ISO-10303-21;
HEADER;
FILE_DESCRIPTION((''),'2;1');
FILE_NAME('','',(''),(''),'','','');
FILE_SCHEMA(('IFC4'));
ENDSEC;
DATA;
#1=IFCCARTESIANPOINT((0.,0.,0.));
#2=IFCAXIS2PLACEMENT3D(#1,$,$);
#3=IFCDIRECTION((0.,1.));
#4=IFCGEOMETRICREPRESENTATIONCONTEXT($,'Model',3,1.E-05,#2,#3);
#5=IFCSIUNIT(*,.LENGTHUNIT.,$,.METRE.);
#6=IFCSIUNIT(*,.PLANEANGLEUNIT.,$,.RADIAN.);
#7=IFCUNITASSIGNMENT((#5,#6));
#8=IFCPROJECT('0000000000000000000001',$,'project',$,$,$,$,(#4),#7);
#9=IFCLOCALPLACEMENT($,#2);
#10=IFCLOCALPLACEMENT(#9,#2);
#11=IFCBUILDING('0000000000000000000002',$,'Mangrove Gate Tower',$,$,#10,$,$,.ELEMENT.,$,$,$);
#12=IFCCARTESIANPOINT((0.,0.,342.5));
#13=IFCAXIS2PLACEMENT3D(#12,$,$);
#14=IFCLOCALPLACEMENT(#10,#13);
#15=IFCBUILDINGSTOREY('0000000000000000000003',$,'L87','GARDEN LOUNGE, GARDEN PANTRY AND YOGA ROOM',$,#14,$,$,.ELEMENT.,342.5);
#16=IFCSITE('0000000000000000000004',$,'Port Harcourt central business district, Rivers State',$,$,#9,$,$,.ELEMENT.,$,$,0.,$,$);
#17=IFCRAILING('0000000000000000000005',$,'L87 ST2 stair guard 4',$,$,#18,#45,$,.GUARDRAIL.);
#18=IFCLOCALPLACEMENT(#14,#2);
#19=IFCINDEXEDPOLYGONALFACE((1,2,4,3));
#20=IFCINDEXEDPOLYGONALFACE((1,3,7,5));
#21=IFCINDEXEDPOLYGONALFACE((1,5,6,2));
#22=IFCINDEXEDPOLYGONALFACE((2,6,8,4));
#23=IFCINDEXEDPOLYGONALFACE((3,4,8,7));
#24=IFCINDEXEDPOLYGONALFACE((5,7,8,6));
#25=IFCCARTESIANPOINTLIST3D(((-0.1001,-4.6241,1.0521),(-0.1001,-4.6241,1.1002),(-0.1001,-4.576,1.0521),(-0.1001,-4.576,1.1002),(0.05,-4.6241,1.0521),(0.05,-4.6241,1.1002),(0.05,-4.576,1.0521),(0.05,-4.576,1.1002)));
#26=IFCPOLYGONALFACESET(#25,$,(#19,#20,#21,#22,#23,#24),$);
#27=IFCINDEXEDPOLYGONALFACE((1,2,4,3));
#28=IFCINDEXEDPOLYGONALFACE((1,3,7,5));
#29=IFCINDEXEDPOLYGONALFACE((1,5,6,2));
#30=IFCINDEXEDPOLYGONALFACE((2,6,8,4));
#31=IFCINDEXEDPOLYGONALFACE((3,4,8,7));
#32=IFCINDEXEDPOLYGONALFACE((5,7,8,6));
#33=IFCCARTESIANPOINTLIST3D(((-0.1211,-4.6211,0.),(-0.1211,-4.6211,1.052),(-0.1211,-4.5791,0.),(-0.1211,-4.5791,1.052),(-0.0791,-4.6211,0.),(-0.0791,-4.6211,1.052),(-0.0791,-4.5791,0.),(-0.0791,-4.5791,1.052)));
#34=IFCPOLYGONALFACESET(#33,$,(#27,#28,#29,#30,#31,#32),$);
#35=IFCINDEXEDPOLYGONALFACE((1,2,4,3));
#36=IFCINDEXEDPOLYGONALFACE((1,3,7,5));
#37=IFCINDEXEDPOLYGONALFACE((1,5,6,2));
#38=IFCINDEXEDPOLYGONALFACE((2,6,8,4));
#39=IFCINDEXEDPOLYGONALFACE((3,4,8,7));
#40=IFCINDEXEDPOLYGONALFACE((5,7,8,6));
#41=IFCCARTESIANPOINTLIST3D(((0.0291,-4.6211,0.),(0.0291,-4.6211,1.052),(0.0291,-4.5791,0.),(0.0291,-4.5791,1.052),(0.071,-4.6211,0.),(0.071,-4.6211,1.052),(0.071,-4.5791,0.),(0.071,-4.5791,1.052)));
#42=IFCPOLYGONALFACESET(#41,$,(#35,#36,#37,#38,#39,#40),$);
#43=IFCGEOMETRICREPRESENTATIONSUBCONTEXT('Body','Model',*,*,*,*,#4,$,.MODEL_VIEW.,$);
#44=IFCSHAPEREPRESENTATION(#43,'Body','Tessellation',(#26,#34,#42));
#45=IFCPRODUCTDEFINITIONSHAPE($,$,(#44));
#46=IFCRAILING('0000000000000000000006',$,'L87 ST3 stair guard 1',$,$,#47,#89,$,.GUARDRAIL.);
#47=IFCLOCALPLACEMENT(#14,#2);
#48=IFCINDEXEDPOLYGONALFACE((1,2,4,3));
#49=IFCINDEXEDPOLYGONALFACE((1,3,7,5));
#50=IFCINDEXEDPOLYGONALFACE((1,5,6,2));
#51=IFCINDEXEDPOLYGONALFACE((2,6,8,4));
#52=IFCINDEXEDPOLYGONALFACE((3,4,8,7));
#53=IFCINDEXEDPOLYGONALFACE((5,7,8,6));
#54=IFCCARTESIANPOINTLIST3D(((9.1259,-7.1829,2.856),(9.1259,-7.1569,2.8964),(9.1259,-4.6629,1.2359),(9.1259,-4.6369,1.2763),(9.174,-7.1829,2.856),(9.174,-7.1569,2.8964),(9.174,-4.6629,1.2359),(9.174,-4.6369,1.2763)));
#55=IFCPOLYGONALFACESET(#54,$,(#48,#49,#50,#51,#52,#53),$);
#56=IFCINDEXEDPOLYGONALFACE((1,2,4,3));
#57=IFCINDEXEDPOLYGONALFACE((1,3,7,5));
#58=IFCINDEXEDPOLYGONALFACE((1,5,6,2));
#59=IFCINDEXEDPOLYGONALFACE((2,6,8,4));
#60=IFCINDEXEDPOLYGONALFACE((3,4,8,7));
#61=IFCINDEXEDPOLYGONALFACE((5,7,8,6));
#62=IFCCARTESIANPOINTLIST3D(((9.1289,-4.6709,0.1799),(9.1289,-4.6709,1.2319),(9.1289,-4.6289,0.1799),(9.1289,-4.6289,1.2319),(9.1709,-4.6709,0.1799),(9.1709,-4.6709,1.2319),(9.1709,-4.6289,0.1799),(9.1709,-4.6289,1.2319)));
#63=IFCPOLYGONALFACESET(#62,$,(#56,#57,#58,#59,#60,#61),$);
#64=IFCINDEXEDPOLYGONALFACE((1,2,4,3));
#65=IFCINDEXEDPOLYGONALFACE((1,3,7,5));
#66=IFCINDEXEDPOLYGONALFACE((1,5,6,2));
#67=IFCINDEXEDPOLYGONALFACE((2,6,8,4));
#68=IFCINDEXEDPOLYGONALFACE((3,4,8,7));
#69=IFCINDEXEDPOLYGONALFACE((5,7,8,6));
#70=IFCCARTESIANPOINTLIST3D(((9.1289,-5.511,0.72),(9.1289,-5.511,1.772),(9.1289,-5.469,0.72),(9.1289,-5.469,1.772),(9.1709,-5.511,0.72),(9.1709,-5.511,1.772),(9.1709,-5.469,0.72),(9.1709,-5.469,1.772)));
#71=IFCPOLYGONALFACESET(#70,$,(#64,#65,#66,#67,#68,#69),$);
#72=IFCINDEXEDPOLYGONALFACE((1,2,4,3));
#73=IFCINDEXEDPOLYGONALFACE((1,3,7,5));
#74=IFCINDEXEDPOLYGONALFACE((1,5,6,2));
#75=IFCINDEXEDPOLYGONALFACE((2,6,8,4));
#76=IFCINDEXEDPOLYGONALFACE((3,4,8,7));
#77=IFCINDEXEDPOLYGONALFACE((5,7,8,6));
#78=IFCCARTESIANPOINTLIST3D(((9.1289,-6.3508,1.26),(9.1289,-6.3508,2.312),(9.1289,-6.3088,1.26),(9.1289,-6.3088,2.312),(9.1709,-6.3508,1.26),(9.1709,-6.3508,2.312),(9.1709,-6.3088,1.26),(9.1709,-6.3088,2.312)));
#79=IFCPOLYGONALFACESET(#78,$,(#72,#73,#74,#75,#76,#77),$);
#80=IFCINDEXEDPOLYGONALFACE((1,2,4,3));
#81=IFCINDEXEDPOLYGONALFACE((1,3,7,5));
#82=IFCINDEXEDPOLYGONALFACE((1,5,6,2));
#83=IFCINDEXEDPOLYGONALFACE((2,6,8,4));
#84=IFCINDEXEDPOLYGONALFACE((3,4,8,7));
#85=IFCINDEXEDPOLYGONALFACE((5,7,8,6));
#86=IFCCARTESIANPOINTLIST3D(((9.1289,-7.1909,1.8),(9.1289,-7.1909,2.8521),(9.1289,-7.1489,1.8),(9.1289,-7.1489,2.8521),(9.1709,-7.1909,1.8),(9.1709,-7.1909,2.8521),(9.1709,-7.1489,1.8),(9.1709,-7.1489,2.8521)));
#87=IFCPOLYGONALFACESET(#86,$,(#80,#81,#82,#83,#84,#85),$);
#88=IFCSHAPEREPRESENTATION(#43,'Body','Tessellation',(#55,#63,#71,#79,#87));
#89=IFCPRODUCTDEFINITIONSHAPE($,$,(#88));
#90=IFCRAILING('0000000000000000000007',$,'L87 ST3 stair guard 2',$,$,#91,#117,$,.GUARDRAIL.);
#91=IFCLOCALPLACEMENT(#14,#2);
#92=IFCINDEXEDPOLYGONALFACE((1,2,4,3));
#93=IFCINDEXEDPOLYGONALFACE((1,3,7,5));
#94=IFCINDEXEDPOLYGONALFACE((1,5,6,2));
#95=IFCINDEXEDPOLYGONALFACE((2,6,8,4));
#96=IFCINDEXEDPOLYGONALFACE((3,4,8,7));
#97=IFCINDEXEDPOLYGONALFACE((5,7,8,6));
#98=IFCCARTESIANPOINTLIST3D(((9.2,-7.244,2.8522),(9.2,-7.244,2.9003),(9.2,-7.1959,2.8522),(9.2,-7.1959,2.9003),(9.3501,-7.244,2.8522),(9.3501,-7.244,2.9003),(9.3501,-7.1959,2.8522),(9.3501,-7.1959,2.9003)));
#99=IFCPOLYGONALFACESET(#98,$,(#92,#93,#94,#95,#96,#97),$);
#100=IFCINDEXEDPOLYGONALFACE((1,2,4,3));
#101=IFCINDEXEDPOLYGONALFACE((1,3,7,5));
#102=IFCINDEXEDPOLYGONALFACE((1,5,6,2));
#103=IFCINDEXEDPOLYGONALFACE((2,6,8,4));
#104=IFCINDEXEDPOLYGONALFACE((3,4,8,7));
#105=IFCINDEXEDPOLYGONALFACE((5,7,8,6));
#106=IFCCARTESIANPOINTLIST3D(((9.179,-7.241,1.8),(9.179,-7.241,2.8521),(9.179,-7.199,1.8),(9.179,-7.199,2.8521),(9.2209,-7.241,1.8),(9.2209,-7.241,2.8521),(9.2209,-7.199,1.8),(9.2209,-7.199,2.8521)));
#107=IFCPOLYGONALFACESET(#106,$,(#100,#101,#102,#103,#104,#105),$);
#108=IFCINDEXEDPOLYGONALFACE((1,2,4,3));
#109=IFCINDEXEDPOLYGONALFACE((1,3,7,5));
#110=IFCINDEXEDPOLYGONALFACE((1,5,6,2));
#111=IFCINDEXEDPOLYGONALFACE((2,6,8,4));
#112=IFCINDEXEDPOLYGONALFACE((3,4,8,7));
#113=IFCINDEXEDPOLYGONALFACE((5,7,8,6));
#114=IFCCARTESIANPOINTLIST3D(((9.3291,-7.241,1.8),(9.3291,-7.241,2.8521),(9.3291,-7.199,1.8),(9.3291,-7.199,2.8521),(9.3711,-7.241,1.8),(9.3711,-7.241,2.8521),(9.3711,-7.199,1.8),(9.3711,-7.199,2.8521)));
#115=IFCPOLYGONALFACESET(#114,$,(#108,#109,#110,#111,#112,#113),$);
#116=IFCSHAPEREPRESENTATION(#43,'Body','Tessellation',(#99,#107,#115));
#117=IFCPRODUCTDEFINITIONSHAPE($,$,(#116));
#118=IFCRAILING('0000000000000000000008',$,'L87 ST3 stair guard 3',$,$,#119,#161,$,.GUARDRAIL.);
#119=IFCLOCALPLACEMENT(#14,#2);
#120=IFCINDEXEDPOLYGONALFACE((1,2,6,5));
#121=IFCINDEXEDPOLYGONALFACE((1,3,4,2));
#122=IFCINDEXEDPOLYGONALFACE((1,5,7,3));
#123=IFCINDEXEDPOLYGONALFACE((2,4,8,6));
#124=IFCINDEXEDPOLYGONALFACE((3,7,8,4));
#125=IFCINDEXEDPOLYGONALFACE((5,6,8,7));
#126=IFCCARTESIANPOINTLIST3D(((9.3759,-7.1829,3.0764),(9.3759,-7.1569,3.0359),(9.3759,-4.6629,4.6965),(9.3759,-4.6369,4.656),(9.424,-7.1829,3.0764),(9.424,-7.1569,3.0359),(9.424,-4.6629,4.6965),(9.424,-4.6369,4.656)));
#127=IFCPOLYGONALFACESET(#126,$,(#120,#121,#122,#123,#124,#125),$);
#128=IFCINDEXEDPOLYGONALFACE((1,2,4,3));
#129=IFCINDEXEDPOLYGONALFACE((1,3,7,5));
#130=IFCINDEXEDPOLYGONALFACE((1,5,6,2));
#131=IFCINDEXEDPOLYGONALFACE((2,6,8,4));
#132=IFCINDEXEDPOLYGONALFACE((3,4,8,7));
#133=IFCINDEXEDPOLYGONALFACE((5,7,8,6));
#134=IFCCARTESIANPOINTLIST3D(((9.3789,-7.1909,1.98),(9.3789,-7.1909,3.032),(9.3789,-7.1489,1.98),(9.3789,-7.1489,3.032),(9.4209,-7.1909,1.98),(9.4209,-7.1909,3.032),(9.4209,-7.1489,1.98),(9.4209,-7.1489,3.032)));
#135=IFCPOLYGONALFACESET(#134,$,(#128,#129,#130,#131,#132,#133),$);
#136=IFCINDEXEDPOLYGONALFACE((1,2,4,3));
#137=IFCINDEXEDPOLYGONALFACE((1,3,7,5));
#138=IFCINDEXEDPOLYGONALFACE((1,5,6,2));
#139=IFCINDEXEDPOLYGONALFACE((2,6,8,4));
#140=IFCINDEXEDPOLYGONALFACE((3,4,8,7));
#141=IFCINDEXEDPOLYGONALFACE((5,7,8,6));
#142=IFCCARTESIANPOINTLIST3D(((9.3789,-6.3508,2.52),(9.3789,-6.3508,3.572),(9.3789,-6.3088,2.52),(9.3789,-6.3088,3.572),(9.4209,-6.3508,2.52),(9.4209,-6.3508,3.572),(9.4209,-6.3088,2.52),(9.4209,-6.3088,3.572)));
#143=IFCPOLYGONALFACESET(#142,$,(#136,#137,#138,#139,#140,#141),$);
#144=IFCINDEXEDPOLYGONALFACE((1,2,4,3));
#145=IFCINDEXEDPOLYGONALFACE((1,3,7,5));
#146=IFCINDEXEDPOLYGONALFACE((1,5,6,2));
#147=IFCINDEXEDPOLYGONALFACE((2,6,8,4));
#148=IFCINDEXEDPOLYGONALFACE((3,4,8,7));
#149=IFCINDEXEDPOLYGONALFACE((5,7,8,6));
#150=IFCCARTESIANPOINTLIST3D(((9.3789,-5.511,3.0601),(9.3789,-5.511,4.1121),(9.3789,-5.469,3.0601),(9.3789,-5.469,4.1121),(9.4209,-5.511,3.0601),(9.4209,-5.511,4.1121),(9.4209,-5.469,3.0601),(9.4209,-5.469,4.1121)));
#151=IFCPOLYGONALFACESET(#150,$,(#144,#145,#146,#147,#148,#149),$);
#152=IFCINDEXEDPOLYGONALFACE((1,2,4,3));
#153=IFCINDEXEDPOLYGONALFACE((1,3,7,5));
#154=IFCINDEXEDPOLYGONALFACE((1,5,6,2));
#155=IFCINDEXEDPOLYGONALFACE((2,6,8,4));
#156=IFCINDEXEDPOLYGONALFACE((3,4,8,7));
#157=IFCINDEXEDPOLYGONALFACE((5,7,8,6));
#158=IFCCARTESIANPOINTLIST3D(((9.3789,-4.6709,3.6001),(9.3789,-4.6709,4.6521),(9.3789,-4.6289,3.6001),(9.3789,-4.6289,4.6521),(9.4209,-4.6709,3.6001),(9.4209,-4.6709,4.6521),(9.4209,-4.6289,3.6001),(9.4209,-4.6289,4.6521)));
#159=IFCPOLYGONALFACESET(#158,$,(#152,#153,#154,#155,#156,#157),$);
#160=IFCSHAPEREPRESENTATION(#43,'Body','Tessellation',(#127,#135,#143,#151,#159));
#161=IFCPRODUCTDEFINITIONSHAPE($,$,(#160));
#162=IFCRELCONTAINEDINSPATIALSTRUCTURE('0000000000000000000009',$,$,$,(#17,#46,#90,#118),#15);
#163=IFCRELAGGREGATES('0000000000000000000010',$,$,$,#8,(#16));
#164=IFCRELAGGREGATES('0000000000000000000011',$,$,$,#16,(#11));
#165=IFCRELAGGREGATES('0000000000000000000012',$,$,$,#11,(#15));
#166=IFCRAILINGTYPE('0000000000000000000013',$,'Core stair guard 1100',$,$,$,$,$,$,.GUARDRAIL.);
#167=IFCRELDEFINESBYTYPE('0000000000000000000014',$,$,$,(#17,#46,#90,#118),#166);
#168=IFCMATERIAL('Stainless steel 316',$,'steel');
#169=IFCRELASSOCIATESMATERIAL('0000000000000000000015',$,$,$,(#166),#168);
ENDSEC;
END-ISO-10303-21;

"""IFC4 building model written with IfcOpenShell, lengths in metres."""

from ifc_helpers import new_model, si_unit, direction, frame, origin, origin_2d, place, context, subcontext, project, spatial, rectangle, extrude, material, type_object, element, save


model = new_model("IFC4")

# Units and contexts
model_context = context("Model", 3, precision=1e-05, world=origin(), true_north=direction((0.0, 1.0)))
body_context = subcontext(model_context, "Body", "Model", "MODEL_VIEW")
ifc_project = project(units=[si_unit("LENGTHUNIT", "METRE"), si_unit("PLANEANGLEUNIT", "RADIAN")], contexts=[model_context])

# Site, building, storey
site_placement = place(None, origin())
site = spatial("IfcSite", under=ifc_project, at=site_placement, Name="Port Harcourt central business district, Rivers State", CompositionType="ELEMENT", RefElevation=0.0)
building_placement = place(site_placement, origin())
building = spatial("IfcBuilding", under=site, at=building_placement, Name="Mangrove Gate Tower", CompositionType="ELEMENT")
storey_placement = place(building_placement, frame((0.0, 0.0, 342.5)))
storey = spatial("IfcBuildingStorey", under=building, at=storey_placement, Name="L87", Description="GARDEN LOUNGE, GARDEN PANTRY AND YOGA ROOM", CompositionType="ELEMENT", Elevation=342.5)

# Railings
ifc_material_1 = material(Name="Stainless steel 316", Category="steel")
railing_type_1 = type_object("IfcRailingType", Name="Core stair guard 1100", PredefinedType="GUARDRAIL", material=ifc_material_1)
railing_1_placement = place(storey_placement, frame((-0.1001, -4.6001, 0.0)))
element("IfcRailing", 1, at=railing_1_placement, inside=storey, type_object=railing_type_1, Name="L87 ST2 stair guard 4", PredefinedType="GUARDRAIL", context=body_context, shape_type="SweptSolid", body=[
    extrude(rectangle(XDim=0.0481, YDim=0.0481, at=origin_2d()), frame((0.0, 0.0, 1.0762), z_axis=(1.0, 0.0, 0.0), x_axis=(0.0, 1.0, 0.0)), (0.0, 0.0, 1.0), 0.1501),
    extrude(rectangle(XDim=0.042, YDim=0.042, at=origin_2d()), origin(), (0.0, 0.0, 1.0), 1.052),
    extrude(rectangle(XDim=0.042, YDim=0.042, at=origin_2d()), frame((0.1501, 0.0, 0.0)), (0.0, 0.0, 1.0), 1.052),
])
railing_2_placement = place(storey_placement, frame((9.1499, -4.6499, 0.1799)))
element("IfcRailing", 2, at=railing_2_placement, inside=storey, type_object=railing_type_1, Name="L87 ST3 stair guard 1", PredefinedType="GUARDRAIL", context=body_context, shape_type="SweptSolid", body=[
    extrude(rectangle(XDim=0.0481, YDim=0.0481, at=origin_2d()), frame((0.0, 0.0, 1.0762), z_axis=(0.0, -0.841163, 0.540782), x_axis=(1.0, 0.0, 0.0)), (0.0, 0.0, 1.0), 2.9958),
    extrude(rectangle(XDim=0.042, YDim=0.042, at=origin_2d()), origin(), (0.0, 0.0, 1.0), 1.052),
    extrude(rectangle(XDim=0.042, YDim=0.042, at=origin_2d()), frame((0.0, -0.8401, 0.54)), (0.0, 0.0, 1.0), 1.052),
    extrude(rectangle(XDim=0.042, YDim=0.042, at=origin_2d()), frame((0.0, -1.6799, 1.0801)), (0.0, 0.0, 1.0), 1.052),
    extrude(rectangle(XDim=0.042, YDim=0.042, at=origin_2d()), frame((0.0, -2.52, 1.6201)), (0.0, 0.0, 1.0), 1.052),
])
railing_3_placement = place(storey_placement, frame((9.2, -7.22, 1.8)))
element("IfcRailing", 3, at=railing_3_placement, inside=storey, type_object=railing_type_1, Name="L87 ST3 stair guard 2", PredefinedType="GUARDRAIL", context=body_context, shape_type="SweptSolid", body=[
    extrude(rectangle(XDim=0.0481, YDim=0.0481, at=origin_2d()), frame((0.0, 0.0, 1.0762), z_axis=(1.0, 0.0, 0.0), x_axis=(0.0, 1.0, 0.0)), (0.0, 0.0, 1.0), 0.1501),
    extrude(rectangle(XDim=0.042, YDim=0.042, at=origin_2d()), origin(), (0.0, 0.0, 1.0), 1.052),
    extrude(rectangle(XDim=0.042, YDim=0.042, at=origin_2d()), frame((0.1501, 0.0, 0.0)), (0.0, 0.0, 1.0), 1.052),
])
railing_4_placement = place(storey_placement, frame((9.3999, -7.1699, 1.98)))
element("IfcRailing", 4, at=railing_4_placement, inside=storey, type_object=railing_type_1, Name="L87 ST3 stair guard 3", PredefinedType="GUARDRAIL", context=body_context, shape_type="SweptSolid", body=[
    extrude(rectangle(XDim=0.0481, YDim=0.0481, at=origin_2d()), frame((0.0, 0.0, 1.0762), z_axis=(0.0, 0.841163, 0.540782), x_axis=(-1.0, 0.0, 0.0)), (0.0, 0.0, 1.0), 2.9958),
    extrude(rectangle(XDim=0.042, YDim=0.042, at=origin_2d()), origin(), (0.0, 0.0, 1.0), 1.052),
    extrude(rectangle(XDim=0.042, YDim=0.042, at=origin_2d()), frame((0.0, 0.8401, 0.54)), (0.0, 0.0, 1.0), 1.052),
    extrude(rectangle(XDim=0.042, YDim=0.042, at=origin_2d()), frame((0.0, 1.6799, 1.0801)), (0.0, 0.0, 1.0), 1.052),
    extrude(rectangle(XDim=0.042, YDim=0.042, at=origin_2d()), frame((0.0, 2.52, 1.6201)), (0.0, 0.0, 1.0), 1.052),
])

save(model, "model.ifc")
